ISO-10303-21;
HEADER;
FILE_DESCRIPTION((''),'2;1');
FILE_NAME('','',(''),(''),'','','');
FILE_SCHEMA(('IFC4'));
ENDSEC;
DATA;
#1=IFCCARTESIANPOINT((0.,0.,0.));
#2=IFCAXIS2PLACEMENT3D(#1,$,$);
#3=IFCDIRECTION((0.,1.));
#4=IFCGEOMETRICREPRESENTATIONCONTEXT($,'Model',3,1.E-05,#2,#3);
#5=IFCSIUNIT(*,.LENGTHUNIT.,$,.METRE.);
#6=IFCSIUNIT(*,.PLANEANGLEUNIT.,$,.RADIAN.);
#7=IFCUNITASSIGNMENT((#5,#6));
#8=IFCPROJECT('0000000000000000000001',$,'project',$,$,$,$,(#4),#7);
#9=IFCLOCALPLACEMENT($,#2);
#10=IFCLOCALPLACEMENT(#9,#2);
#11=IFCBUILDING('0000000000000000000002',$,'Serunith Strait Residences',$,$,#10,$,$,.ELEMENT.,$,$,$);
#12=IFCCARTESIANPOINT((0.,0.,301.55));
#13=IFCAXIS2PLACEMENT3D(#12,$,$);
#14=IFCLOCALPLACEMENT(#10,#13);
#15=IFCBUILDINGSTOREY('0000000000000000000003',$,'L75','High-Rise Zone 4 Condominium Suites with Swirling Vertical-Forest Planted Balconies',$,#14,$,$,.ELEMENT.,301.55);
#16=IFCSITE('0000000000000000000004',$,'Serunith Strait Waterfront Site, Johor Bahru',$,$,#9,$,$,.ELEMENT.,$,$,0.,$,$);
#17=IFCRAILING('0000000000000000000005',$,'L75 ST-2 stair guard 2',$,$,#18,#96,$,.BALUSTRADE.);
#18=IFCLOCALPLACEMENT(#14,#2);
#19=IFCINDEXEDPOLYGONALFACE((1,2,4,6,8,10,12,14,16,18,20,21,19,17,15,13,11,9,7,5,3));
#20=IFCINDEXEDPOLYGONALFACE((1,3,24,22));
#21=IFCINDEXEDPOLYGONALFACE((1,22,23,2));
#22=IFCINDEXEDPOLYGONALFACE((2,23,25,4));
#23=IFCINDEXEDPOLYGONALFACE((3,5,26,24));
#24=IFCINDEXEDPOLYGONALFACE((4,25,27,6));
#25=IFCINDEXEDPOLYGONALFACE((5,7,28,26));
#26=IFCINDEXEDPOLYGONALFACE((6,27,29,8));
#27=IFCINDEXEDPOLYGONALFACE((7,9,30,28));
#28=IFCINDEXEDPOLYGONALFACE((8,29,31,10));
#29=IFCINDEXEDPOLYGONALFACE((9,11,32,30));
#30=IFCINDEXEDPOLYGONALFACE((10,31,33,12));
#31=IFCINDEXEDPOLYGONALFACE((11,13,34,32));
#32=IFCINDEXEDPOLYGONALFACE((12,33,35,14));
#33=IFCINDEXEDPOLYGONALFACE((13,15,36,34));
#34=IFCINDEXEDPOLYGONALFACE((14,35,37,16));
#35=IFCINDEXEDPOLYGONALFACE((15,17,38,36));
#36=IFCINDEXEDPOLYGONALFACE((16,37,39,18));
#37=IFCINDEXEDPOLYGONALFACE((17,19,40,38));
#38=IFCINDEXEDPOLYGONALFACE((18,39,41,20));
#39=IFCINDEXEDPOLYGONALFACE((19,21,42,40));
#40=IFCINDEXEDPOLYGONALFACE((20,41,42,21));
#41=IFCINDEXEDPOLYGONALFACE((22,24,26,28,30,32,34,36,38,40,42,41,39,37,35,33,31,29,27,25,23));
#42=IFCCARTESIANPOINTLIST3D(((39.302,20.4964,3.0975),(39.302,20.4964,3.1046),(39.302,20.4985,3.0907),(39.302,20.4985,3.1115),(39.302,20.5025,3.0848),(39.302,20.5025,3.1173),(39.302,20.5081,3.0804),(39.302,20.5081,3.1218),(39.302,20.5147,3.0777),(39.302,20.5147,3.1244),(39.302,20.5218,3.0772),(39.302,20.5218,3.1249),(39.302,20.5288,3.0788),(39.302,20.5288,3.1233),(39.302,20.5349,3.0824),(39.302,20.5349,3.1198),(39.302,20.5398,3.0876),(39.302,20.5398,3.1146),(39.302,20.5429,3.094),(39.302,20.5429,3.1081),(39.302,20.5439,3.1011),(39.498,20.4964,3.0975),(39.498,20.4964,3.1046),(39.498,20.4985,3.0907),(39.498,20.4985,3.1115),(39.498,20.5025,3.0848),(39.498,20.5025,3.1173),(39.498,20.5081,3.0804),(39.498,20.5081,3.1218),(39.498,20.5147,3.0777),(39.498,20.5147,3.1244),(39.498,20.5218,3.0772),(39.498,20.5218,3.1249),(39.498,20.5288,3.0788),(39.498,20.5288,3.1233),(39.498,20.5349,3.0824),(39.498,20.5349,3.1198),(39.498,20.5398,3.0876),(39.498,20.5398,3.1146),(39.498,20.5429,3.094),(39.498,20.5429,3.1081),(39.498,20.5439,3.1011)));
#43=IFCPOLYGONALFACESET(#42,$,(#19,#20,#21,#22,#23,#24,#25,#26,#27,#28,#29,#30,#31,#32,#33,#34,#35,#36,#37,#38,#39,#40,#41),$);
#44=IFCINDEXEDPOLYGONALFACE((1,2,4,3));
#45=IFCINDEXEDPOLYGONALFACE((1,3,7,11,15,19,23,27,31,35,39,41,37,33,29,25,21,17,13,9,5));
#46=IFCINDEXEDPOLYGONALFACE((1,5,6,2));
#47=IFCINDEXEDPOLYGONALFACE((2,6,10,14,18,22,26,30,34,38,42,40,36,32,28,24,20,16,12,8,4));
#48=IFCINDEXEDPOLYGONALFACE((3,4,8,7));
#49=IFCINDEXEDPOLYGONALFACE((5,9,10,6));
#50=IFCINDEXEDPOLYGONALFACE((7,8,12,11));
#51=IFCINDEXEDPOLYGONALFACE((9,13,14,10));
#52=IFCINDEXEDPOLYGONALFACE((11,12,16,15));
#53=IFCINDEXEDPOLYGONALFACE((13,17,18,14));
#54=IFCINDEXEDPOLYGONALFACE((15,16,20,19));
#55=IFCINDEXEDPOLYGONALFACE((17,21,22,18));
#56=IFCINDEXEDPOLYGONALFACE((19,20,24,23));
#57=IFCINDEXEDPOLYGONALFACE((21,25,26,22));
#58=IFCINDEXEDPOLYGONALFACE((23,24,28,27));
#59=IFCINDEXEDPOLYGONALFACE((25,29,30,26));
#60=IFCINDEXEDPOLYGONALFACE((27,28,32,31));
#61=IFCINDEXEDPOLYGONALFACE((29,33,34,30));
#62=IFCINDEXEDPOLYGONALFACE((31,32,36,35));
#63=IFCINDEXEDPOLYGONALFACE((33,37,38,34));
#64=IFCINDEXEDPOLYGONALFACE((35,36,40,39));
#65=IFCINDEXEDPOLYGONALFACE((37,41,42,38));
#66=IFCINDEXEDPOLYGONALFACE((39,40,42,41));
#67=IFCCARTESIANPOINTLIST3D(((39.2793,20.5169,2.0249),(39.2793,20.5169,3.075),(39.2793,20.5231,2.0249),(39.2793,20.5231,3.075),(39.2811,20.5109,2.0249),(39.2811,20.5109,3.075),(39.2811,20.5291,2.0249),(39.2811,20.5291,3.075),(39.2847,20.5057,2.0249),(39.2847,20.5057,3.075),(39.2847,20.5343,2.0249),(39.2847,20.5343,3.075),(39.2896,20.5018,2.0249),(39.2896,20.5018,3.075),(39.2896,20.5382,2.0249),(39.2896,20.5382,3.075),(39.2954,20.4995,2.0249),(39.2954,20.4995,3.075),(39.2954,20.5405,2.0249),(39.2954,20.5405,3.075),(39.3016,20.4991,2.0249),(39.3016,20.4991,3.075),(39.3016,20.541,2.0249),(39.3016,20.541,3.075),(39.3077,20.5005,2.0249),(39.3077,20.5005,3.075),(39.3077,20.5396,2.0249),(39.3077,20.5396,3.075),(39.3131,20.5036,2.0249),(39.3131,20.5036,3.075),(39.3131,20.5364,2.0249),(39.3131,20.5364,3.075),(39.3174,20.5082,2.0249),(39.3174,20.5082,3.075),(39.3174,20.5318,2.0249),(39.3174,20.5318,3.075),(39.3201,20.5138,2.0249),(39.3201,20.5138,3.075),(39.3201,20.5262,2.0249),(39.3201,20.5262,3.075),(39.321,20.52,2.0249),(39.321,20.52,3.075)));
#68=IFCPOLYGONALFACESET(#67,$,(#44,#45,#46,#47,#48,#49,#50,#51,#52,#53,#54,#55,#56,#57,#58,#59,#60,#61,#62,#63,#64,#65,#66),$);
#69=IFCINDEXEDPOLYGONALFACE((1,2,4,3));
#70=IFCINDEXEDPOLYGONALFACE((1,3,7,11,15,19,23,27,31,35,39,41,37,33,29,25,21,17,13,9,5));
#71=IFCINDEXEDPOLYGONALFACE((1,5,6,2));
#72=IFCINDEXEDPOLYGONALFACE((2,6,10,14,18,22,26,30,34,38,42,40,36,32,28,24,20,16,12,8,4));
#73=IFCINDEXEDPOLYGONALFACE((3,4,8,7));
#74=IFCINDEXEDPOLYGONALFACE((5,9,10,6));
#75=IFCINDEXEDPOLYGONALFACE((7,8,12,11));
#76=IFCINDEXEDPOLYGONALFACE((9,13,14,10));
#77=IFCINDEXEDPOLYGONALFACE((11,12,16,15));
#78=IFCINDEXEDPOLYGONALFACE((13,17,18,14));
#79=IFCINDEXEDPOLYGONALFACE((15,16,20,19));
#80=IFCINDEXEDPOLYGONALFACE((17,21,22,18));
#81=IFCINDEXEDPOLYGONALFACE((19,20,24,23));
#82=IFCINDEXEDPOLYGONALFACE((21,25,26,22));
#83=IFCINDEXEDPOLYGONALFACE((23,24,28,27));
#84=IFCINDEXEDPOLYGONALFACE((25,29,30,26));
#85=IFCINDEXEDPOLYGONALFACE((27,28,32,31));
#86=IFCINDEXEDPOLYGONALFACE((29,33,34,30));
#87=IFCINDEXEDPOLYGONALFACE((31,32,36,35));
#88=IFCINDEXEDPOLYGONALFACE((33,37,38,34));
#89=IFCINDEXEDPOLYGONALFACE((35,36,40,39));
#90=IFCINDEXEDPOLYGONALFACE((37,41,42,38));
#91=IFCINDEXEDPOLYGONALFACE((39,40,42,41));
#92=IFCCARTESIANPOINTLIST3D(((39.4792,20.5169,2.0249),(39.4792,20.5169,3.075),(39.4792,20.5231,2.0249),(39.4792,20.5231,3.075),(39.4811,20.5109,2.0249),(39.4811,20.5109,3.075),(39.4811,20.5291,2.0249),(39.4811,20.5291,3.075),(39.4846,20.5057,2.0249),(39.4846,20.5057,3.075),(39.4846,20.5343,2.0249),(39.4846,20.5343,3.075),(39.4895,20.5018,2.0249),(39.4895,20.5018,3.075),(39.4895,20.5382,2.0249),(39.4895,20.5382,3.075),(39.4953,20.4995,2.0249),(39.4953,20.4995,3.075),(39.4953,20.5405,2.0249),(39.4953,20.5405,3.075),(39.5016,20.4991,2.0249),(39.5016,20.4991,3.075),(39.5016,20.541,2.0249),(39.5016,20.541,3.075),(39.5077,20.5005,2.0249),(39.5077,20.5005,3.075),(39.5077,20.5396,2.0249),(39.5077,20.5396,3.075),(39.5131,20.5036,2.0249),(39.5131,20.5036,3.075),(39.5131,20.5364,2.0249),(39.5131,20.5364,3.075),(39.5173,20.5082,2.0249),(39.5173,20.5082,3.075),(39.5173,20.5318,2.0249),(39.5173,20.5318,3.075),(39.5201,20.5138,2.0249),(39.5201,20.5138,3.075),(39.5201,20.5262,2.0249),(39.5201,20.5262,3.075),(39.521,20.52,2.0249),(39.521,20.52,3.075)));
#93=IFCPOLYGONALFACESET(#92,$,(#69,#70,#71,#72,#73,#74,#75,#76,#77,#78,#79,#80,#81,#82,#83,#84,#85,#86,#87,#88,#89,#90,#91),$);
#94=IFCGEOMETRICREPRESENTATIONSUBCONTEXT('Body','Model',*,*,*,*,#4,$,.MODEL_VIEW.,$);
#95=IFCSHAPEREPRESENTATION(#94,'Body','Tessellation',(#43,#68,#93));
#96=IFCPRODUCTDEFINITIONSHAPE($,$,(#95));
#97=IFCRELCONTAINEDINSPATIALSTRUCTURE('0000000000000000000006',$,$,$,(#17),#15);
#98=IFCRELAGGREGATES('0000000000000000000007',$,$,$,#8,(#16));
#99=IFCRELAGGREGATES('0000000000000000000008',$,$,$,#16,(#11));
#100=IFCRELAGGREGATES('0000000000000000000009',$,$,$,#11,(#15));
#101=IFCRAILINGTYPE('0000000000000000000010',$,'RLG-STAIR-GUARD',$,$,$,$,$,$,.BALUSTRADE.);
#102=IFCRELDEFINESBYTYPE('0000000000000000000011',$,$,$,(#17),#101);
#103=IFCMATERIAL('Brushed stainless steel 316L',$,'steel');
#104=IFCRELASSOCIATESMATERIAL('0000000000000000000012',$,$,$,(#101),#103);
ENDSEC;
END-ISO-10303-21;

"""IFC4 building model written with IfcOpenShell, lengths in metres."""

from ifc_helpers import new_model, si_unit, direction, frame, origin, origin_2d, place, context, subcontext, project, spatial, circle, extrude, material, type_object, element, save


model = new_model("IFC4")

# Units and contexts
model_context = context("Model", 3, precision=1e-05, world=origin(), true_north=direction((0.0, 1.0)))
body_context = subcontext(model_context, "Body", "Model", "MODEL_VIEW")
ifc_project = project(units=[si_unit("LENGTHUNIT", "METRE"), si_unit("PLANEANGLEUNIT", "RADIAN")], contexts=[model_context])

# Site, building, storey
site_placement = place(None, origin())
site = spatial("IfcSite", under=ifc_project, at=site_placement, Name="Serunith Strait Waterfront Site, Johor Bahru", CompositionType="ELEMENT", RefElevation=0.0)
building_placement = place(site_placement, origin())
building = spatial("IfcBuilding", under=site, at=building_placement, Name="Serunith Strait Residences", CompositionType="ELEMENT")
storey_placement = place(building_placement, frame((0.0, 0.0, 301.55)))
storey = spatial("IfcBuildingStorey", under=building, at=storey_placement, Name="L75", Description="High-Rise Zone 4 Condominium Suites with Swirling Vertical-Forest Planted Balconies", CompositionType="ELEMENT", Elevation=301.55)

# Railing
ifc_material_1 = material(Name="Brushed stainless steel 316L", Category="steel")
railing_type_1 = type_object("IfcRailingType", Name="RLG-STAIR-GUARD", PredefinedType="BALUSTRADE", material=ifc_material_1)
railing_1_placement = place(storey_placement, frame((39.3, 20.52, 2.0249)))
element("IfcRailing", 1, at=railing_1_placement, inside=storey, type_object=railing_type_1, Name="L75 ST-2 stair guard 2", PredefinedType="BALUSTRADE", context=body_context, shape_type="SweptSolid", body=[
    extrude(circle(Radius=0.0239, at=origin_2d()), frame((0.002, 0.0, 1.0762), z_axis=(1.0, 0.0, 0.0), x_axis=(0.0, 1.0, 0.0)), (0.0, 0.0, 1.0), 0.196),
    extrude(circle(Radius=0.021, at=origin_2d()), origin(), (0.0, 0.0, 1.0), 1.05),
    extrude(circle(Radius=0.021, at=origin_2d()), frame((0.2, 0.0, 0.0)), (0.0, 0.0, 1.0), 1.05),
])

save(model, "model.ifc")
